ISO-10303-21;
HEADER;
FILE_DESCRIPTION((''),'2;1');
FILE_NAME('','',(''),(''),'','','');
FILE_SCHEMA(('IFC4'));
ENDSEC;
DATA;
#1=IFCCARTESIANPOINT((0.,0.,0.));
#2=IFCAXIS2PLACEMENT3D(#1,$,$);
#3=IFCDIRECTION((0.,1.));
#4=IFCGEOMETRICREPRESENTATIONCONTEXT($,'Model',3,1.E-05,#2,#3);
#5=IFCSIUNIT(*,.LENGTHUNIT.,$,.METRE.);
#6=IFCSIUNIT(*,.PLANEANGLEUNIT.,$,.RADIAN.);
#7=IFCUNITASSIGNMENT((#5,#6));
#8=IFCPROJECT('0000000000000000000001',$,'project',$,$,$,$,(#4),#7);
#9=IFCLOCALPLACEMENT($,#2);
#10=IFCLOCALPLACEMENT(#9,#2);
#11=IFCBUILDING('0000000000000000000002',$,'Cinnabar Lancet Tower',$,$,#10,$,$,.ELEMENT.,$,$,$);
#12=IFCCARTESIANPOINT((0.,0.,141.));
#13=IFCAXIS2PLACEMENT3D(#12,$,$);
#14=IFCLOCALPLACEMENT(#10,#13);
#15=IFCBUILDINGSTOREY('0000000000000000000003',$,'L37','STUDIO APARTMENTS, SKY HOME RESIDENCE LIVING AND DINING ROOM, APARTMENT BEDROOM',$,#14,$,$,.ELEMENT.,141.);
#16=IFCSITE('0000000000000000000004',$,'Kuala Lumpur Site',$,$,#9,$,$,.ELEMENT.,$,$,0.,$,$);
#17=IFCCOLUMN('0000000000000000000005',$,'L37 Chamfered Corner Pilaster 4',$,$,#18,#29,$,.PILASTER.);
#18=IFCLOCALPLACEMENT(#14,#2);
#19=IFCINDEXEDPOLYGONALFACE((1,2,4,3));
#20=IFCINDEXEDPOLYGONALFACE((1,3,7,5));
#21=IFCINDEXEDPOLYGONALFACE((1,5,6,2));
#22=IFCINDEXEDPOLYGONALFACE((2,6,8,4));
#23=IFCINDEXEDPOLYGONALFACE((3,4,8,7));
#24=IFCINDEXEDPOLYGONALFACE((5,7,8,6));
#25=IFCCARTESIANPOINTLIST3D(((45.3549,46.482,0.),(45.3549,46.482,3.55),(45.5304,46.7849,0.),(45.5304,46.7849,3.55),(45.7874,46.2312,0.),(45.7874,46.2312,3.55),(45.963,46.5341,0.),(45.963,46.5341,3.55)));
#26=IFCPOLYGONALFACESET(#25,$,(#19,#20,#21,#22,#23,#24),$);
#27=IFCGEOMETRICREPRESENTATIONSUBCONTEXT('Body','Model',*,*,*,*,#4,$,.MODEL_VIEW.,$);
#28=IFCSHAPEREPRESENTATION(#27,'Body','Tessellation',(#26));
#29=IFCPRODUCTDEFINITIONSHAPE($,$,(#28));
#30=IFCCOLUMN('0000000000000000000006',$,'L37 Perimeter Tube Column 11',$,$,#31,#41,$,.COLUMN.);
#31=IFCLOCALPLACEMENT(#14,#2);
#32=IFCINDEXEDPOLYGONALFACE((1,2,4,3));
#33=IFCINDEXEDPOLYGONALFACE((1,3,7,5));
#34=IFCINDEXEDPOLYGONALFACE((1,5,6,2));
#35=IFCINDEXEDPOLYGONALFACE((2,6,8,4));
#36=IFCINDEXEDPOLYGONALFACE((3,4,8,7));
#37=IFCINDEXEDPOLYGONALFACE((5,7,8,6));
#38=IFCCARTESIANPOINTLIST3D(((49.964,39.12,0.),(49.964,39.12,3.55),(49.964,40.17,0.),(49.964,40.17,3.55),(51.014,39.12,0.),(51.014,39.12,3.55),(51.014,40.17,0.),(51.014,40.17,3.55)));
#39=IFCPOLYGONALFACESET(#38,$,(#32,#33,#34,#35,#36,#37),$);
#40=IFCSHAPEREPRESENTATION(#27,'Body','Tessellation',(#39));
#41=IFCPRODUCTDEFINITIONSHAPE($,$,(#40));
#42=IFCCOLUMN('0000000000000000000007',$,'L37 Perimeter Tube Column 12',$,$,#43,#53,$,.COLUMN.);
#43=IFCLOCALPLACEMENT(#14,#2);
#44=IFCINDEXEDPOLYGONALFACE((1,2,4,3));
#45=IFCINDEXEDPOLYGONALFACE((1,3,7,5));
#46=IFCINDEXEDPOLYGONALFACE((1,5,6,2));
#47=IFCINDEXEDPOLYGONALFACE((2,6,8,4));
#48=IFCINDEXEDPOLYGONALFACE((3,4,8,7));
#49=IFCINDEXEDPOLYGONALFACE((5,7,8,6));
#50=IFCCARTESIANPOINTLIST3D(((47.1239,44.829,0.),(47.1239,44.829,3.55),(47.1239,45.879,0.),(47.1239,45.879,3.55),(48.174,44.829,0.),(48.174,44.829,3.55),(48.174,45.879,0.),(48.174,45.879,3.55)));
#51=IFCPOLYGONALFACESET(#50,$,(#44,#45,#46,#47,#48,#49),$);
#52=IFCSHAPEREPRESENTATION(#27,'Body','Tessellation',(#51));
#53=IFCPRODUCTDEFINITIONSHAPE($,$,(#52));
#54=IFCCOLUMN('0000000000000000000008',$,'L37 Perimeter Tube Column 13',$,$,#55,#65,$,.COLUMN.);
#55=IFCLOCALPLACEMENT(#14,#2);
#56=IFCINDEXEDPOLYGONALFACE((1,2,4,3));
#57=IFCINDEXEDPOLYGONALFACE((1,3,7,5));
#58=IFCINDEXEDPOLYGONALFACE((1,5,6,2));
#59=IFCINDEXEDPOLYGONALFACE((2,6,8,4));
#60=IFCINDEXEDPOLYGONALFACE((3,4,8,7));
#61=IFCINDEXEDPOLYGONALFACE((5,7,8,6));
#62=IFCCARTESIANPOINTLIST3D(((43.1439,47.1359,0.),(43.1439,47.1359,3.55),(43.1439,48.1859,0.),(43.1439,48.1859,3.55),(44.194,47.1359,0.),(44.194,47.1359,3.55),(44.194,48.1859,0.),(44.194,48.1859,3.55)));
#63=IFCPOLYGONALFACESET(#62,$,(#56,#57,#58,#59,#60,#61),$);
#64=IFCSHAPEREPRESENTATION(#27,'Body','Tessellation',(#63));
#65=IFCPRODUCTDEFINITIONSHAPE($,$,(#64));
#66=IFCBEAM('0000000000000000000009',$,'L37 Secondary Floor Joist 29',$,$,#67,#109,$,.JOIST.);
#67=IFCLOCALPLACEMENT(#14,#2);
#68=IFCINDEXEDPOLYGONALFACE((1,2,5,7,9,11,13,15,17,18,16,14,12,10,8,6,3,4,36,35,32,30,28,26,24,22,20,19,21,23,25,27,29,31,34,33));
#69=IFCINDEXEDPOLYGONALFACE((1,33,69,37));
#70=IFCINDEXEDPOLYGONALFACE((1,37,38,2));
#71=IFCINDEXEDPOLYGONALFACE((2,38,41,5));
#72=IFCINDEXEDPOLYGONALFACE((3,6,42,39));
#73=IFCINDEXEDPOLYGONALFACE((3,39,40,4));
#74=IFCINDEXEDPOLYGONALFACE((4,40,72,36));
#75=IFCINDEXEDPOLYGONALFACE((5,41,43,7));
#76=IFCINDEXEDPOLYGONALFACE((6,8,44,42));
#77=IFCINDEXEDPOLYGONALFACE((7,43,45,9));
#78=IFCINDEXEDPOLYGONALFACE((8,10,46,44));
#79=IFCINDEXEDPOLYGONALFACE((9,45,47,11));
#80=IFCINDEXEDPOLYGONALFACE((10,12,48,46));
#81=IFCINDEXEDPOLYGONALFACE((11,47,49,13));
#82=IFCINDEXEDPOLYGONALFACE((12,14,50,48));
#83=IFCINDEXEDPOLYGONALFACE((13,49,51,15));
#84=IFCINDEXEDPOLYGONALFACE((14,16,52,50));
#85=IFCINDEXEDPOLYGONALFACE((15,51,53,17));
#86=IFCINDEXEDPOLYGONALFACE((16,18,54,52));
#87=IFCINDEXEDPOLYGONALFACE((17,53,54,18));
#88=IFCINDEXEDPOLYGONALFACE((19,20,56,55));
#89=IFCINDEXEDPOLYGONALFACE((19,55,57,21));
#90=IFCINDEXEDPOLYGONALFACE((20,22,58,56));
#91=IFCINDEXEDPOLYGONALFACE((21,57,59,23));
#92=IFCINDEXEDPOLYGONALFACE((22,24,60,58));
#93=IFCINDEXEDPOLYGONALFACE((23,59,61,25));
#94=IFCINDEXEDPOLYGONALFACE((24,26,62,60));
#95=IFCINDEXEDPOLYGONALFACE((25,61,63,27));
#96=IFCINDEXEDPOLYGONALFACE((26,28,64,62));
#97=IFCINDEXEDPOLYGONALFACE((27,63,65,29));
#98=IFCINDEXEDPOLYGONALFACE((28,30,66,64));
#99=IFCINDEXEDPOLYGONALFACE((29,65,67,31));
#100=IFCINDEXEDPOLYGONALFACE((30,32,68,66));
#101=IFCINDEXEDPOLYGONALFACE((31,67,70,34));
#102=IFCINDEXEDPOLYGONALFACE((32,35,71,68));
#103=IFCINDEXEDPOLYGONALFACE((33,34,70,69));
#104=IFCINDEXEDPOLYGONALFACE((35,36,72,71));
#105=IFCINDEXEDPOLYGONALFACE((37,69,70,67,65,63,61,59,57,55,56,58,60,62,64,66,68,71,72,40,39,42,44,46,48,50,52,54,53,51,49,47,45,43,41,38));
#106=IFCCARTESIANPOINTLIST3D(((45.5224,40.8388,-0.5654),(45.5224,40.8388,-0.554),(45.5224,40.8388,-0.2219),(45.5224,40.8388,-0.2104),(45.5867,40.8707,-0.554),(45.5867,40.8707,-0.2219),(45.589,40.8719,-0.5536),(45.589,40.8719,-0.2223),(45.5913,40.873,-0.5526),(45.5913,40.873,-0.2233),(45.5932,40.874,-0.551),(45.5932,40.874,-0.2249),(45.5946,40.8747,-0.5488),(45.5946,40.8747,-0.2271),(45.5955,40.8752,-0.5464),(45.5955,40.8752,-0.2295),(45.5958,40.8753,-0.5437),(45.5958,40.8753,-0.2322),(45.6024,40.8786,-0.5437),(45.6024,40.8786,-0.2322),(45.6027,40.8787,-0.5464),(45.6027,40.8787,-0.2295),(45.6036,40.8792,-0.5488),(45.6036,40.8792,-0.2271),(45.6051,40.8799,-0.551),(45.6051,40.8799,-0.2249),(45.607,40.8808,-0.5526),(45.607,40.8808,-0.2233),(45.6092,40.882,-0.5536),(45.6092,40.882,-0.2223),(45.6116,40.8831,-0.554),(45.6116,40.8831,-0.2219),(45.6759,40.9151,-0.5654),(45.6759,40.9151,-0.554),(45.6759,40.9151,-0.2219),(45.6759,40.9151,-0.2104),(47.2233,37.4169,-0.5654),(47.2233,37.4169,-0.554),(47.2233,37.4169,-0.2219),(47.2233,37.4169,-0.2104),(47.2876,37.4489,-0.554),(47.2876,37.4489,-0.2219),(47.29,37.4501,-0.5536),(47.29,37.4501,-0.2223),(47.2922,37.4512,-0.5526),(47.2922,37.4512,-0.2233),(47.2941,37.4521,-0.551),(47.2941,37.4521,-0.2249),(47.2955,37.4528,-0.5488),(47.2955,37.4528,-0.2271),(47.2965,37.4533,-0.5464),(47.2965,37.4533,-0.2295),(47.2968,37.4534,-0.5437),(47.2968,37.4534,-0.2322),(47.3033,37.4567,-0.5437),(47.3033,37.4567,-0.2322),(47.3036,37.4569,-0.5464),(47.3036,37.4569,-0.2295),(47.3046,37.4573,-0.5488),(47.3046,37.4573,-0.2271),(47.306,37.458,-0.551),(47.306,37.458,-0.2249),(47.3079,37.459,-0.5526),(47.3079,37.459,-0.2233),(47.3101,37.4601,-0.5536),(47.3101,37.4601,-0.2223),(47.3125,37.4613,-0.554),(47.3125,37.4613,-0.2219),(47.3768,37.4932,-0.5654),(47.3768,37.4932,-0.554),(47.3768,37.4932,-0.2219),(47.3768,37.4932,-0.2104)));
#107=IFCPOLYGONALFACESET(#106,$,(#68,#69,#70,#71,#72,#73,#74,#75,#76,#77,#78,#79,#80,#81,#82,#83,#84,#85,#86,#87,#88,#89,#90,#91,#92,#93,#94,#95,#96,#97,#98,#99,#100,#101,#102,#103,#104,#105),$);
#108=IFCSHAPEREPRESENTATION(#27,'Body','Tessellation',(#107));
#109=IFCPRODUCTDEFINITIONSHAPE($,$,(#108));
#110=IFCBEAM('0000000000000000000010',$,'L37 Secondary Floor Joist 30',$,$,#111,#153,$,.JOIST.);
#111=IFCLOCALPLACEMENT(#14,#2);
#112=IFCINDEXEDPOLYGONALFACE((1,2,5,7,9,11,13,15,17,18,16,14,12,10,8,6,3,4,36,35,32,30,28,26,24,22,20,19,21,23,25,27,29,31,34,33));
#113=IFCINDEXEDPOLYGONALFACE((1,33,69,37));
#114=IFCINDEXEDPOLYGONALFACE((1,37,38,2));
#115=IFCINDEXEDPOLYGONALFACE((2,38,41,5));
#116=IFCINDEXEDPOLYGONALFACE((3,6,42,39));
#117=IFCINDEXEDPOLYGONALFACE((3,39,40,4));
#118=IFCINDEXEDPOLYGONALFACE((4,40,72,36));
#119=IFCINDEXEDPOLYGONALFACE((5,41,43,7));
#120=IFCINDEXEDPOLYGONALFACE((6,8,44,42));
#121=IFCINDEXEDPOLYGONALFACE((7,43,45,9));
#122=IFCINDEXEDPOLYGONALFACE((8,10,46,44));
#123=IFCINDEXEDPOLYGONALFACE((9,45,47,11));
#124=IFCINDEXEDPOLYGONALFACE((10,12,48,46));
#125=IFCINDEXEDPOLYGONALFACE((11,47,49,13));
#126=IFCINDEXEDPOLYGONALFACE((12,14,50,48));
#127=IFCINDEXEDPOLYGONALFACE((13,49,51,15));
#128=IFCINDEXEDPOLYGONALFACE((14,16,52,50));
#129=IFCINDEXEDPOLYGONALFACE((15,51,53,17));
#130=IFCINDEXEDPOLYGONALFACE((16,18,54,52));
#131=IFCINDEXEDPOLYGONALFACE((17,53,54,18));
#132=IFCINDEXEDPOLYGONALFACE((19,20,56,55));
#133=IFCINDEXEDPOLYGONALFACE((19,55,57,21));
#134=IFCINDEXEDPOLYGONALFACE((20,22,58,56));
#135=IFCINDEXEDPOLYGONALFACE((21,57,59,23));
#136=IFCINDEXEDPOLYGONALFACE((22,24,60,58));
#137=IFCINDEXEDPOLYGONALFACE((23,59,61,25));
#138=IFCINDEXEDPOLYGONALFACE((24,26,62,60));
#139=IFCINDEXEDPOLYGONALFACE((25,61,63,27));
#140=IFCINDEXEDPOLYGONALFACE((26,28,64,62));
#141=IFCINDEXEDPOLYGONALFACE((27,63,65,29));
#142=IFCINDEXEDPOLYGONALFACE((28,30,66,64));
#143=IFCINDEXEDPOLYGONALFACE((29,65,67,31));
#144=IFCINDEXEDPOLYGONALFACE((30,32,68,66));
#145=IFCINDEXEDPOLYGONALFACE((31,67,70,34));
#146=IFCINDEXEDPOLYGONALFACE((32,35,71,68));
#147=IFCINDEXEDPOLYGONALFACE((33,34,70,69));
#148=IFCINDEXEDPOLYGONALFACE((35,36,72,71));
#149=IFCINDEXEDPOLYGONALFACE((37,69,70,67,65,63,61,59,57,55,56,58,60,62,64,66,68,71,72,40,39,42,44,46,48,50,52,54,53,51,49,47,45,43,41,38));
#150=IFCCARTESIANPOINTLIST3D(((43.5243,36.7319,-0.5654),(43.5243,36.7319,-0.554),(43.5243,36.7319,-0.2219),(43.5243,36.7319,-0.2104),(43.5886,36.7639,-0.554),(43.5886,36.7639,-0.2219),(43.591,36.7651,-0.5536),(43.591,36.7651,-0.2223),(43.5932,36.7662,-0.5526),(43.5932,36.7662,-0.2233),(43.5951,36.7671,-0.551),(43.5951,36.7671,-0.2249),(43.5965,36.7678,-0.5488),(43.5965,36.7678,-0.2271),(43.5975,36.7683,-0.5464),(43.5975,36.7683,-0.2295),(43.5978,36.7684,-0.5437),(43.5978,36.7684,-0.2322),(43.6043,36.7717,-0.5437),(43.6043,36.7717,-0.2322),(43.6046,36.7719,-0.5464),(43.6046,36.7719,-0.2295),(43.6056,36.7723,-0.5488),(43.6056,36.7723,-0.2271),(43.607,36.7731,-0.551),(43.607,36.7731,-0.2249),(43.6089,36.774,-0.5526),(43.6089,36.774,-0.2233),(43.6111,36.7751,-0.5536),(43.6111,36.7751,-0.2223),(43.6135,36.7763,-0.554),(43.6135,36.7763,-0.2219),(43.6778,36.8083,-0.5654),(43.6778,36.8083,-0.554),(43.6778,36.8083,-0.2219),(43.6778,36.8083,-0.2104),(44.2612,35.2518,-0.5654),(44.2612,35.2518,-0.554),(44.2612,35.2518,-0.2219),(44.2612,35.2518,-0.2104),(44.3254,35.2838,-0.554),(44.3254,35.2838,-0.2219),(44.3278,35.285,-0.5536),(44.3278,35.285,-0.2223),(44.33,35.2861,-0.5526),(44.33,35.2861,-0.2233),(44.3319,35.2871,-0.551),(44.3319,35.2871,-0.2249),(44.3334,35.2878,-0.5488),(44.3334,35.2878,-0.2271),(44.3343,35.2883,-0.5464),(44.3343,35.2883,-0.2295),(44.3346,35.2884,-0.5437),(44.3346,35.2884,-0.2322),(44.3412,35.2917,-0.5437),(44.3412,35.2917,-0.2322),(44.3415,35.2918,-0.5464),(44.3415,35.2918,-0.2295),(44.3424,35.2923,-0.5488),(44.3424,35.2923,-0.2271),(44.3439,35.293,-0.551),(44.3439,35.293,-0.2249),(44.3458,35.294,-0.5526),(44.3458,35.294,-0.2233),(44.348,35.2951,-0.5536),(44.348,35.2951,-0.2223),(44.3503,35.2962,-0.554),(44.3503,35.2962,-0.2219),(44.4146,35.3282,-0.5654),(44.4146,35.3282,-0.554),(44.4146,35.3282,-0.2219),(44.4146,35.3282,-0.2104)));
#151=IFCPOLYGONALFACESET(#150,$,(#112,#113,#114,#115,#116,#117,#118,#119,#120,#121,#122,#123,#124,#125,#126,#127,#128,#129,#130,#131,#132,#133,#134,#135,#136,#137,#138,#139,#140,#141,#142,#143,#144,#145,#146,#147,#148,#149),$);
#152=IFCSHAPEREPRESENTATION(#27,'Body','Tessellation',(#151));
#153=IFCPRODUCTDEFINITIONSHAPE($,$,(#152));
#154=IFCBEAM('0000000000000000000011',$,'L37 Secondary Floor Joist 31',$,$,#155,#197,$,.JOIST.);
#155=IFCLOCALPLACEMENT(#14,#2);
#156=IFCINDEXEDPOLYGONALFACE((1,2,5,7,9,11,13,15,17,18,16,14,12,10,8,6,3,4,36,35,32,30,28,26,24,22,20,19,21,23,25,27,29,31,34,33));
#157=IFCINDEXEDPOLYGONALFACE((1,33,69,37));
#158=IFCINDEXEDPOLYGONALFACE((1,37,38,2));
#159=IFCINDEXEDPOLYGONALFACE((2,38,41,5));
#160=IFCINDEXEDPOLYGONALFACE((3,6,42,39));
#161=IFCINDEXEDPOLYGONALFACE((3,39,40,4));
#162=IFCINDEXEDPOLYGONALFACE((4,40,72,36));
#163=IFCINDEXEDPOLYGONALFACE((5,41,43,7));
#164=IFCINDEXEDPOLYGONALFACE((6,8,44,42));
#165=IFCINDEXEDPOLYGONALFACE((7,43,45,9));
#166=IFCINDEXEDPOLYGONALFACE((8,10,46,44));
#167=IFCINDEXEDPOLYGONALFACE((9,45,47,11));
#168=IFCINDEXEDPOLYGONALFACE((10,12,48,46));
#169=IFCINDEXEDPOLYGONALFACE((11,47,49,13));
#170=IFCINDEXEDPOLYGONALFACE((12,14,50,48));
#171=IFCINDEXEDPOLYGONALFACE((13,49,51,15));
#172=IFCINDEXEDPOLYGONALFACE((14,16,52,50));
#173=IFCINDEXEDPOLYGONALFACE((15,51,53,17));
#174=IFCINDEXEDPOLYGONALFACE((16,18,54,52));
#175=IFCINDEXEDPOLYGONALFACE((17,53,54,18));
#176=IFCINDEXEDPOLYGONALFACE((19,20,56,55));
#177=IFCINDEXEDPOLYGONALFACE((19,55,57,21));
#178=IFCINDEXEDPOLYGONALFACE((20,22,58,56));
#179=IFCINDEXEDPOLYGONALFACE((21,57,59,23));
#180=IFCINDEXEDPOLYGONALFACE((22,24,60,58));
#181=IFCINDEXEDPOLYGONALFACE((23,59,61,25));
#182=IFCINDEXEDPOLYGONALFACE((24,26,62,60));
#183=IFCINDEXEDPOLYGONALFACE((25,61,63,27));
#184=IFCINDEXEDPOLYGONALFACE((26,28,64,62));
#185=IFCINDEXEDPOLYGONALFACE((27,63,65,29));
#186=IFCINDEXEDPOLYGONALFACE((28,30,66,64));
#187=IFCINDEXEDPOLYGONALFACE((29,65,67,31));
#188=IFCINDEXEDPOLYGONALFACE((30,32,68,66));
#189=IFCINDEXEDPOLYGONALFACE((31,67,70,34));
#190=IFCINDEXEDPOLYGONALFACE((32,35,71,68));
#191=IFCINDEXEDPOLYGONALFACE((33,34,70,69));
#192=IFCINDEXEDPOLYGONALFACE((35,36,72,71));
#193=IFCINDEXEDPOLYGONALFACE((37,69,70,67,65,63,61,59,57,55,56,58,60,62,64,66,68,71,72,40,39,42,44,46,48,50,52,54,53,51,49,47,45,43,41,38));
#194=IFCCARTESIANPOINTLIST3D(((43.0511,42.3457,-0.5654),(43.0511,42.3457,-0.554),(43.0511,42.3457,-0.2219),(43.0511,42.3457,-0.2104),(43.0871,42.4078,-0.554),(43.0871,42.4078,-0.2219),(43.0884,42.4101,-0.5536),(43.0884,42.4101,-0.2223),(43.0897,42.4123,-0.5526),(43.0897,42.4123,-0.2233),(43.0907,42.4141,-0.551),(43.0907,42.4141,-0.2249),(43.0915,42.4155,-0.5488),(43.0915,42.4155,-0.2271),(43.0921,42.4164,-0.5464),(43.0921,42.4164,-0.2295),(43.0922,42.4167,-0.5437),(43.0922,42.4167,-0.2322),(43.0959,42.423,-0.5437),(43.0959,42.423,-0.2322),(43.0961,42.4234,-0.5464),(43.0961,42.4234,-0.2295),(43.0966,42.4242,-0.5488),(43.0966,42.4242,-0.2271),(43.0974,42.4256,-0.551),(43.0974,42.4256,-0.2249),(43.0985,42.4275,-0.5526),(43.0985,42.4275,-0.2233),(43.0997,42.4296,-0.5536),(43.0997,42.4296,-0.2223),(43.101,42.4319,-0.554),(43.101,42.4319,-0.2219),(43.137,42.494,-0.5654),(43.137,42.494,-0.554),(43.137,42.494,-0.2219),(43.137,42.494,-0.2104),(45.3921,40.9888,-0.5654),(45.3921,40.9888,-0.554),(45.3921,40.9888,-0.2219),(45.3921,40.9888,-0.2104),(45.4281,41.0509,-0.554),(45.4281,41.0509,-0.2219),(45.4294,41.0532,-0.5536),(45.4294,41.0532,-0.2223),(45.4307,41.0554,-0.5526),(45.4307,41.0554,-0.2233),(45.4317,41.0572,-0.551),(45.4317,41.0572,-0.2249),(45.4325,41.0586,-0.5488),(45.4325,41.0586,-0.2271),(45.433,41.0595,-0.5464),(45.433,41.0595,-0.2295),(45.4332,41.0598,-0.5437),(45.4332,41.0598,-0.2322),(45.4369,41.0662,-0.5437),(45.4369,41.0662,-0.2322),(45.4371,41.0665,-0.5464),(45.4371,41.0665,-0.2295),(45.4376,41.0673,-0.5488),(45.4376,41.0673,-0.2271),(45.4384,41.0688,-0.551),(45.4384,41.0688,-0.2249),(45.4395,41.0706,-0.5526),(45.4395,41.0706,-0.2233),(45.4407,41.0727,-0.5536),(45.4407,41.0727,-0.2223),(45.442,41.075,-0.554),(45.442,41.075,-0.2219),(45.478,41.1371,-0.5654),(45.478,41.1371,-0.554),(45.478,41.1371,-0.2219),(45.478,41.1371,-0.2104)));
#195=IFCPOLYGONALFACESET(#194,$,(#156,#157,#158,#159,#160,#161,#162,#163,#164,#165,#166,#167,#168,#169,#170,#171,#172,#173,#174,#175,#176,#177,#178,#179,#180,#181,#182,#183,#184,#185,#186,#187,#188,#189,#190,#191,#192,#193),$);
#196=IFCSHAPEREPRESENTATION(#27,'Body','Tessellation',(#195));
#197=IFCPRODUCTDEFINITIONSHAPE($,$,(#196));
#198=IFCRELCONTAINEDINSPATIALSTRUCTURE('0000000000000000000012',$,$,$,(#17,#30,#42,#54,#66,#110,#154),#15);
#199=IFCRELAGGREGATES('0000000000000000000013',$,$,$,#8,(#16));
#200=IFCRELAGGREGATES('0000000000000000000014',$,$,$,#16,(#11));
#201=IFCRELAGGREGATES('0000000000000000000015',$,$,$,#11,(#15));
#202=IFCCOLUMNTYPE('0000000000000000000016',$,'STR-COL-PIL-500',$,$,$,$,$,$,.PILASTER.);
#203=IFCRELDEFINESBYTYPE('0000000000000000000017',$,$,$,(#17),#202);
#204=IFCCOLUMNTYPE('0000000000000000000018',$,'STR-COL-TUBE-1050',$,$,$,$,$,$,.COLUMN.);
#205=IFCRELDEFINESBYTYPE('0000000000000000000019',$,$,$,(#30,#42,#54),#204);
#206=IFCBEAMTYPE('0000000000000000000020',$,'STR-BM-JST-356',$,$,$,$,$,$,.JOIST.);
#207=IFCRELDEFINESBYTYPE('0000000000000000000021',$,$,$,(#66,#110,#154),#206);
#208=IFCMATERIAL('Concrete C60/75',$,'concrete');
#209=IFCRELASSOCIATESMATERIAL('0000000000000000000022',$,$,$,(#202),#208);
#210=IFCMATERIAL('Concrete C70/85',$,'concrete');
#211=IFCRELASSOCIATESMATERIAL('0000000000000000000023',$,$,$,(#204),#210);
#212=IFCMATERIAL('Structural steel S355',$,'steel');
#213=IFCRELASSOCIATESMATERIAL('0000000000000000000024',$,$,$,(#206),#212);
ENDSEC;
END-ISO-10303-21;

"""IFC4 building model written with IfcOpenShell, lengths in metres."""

from ifc_helpers import new_model, si_unit, direction, frame, origin, origin_2d, place, context, subcontext, project, spatial, rectangle, i_section, extrude, material, material_profile, profile_set, type_object, element, save


model = new_model("IFC4")

# Units and contexts
model_context = context("Model", 3, precision=1e-05, world=origin(), true_north=direction((0.0, 1.0)))
body_context = subcontext(model_context, "Body", "Model", "MODEL_VIEW")
ifc_project = project(units=[si_unit("LENGTHUNIT", "METRE"), si_unit("PLANEANGLEUNIT", "RADIAN")], contexts=[model_context])

# Site, building, storey
site_placement = place(None, origin())
site = spatial("IfcSite", under=ifc_project, at=site_placement, Name="Kuala Lumpur Site", CompositionType="ELEMENT", RefElevation=0.0)
building_placement = place(site_placement, origin())
building = spatial("IfcBuilding", under=site, at=building_placement, Name="Cinnabar Lancet Tower", CompositionType="ELEMENT")
storey_placement = place(building_placement, frame((0.0, 0.0, 141.0)))
storey = spatial("IfcBuildingStorey", under=building, at=storey_placement, Name="L37", Description="STUDIO APARTMENTS, SKY HOME RESIDENCE LIVING AND DINING ROOM, APARTMENT BEDROOM", CompositionType="ELEMENT", Elevation=141.0)

# Columns
ifc_material_1 = material(Name="Concrete C60/75", Category="concrete")
ifc_material_profile_1 = material_profile(ifc_material_1, rectangle(XDim=0.5, YDim=0.3501, at=origin_2d()), Name="RC-PIL 500x350")
ifc_profile_set_1 = profile_set([ifc_material_profile_1], Name="Concrete C60/75")
column_type_1 = type_object("IfcColumnType", Name="STR-COL-PIL-500", PredefinedType="PILASTER", material=ifc_profile_set_1)
column_placement = place(storey_placement, frame((45.6589, 46.5081, 0.0), z_axis=(0.0, 0.0, 1.0), x_axis=(-0.86516, 0.501496, 0.0)))
element("IfcColumn", 1, at=column_placement, inside=storey, type_object=column_type_1, Name="L37 Chamfered Corner Pilaster 4", PredefinedType="PILASTER", context=body_context, shape_type="SweptSolid", body=[
    extrude(rectangle(XDim=0.5, YDim=0.3501, at=origin_2d()), origin(), (0.0, 0.0, 1.0), 3.55),
])
ifc_material_2 = material(Name="Concrete C70/85", Category="concrete")
ifc_material_profile_2 = material_profile(ifc_material_2, rectangle(XDim=1.05, YDim=1.05, at=origin_2d()), Name="RC-COL 1050x1050")
ifc_profile_set_2 = profile_set([ifc_material_profile_2], Name="Concrete C70/85")
column_type_2 = type_object("IfcColumnType", Name="STR-COL-TUBE-1050", PredefinedType="COLUMN", material=ifc_profile_set_2)
for number, where, z_axis, x_axis, name in (
    (2, (50.489, 39.645, 0.0), (0.0, 0.0, 1.0), (1.0, 0.0, 0.0), "L37 Perimeter Tube Column 11"),
    (3, (47.6489, 45.354, 0.0), (0.0, 0.0, 1.0), (1.0, 0.0, 0.0), "L37 Perimeter Tube Column 12"),
    (4, (43.6689, 47.6609, 0.0), (0.0, 0.0, 1.0), (1.0, 0.0, 0.0), "L37 Perimeter Tube Column 13"),
):
    element("IfcColumn", number, at=place(storey_placement, frame(where, z_axis=z_axis, x_axis=x_axis)), inside=storey, type_object=column_type_2, Name=name, PredefinedType="COLUMN", context=body_context, shape_type="SweptSolid", body=[
        extrude(rectangle(XDim=1.05, YDim=1.05, at=origin_2d()), origin(), (0.0, 0.0, 1.0), 3.55),
    ])

# Beams
ifc_material_3 = material(Name="Structural steel S355", Category="steel")
ifc_material_profile_3 = material_profile(ifc_material_3, i_section(OverallWidth=0.1714, OverallDepth=0.355, WebThickness=0.0073, FlangeThickness=0.0115, FilletRadius=0.0103, at=origin_2d()), Name="UKB 356x171x51")
ifc_profile_set_3 = profile_set([ifc_material_profile_3], Name="Structural steel S355")
beam_type_1 = type_object("IfcBeamType", Name="STR-BM-JST-356", PredefinedType="JOIST", material=ifc_profile_set_3)
beam_1_placement = place(storey_placement, frame((47.3, 37.4551, -0.3879), z_axis=(-0.445117, 0.895473, 0.0), x_axis=(-0.895473, -0.445117, 0.0)))
element("IfcBeam", 5, at=beam_1_placement, inside=storey, type_object=beam_type_1, Name="L37 Secondary Floor Joist 29", PredefinedType="JOIST", context=body_context, shape_type="SweptSolid", body=[
    extrude(i_section(OverallWidth=0.1714, OverallDepth=0.355, WebThickness=0.0073, FlangeThickness=0.0115, FilletRadius=0.0103, at=origin_2d()), origin(), (0.0, 0.0, 1.0), 3.8213),
])
beam_2_placement = place(storey_placement, frame((44.3379, 35.29, -0.3879), z_axis=(-0.445677, 0.895194, 0.0), x_axis=(-0.895194, -0.445677, 0.0)))
element("IfcBeam", 6, at=beam_2_placement, inside=storey, type_object=beam_type_1, Name="L37 Secondary Floor Joist 30", PredefinedType="JOIST", context=body_context, shape_type="SweptSolid", body=[
    extrude(i_section(OverallWidth=0.1714, OverallDepth=0.355, WebThickness=0.0073, FlangeThickness=0.0115, FilletRadius=0.0103, at=origin_2d()), origin(), (0.0, 0.0, 1.0), 1.6533),
])
beam_3_placement = place(storey_placement, frame((45.4351, 41.063, -0.3879), z_axis=(-0.865173, 0.501474, 0.0), x_axis=(-0.501474, -0.865173, 0.0)))
element("IfcBeam", 7, at=beam_3_placement, inside=storey, type_object=beam_type_1, Name="L37 Secondary Floor Joist 31", PredefinedType="JOIST", context=body_context, shape_type="SweptSolid", body=[
    extrude(i_section(OverallWidth=0.1714, OverallDepth=0.355, WebThickness=0.0073, FlangeThickness=0.0115, FilletRadius=0.0103, at=origin_2d()), origin(), (0.0, 0.0, 1.0), 2.7058),
])

save(model, "model.ifc")
